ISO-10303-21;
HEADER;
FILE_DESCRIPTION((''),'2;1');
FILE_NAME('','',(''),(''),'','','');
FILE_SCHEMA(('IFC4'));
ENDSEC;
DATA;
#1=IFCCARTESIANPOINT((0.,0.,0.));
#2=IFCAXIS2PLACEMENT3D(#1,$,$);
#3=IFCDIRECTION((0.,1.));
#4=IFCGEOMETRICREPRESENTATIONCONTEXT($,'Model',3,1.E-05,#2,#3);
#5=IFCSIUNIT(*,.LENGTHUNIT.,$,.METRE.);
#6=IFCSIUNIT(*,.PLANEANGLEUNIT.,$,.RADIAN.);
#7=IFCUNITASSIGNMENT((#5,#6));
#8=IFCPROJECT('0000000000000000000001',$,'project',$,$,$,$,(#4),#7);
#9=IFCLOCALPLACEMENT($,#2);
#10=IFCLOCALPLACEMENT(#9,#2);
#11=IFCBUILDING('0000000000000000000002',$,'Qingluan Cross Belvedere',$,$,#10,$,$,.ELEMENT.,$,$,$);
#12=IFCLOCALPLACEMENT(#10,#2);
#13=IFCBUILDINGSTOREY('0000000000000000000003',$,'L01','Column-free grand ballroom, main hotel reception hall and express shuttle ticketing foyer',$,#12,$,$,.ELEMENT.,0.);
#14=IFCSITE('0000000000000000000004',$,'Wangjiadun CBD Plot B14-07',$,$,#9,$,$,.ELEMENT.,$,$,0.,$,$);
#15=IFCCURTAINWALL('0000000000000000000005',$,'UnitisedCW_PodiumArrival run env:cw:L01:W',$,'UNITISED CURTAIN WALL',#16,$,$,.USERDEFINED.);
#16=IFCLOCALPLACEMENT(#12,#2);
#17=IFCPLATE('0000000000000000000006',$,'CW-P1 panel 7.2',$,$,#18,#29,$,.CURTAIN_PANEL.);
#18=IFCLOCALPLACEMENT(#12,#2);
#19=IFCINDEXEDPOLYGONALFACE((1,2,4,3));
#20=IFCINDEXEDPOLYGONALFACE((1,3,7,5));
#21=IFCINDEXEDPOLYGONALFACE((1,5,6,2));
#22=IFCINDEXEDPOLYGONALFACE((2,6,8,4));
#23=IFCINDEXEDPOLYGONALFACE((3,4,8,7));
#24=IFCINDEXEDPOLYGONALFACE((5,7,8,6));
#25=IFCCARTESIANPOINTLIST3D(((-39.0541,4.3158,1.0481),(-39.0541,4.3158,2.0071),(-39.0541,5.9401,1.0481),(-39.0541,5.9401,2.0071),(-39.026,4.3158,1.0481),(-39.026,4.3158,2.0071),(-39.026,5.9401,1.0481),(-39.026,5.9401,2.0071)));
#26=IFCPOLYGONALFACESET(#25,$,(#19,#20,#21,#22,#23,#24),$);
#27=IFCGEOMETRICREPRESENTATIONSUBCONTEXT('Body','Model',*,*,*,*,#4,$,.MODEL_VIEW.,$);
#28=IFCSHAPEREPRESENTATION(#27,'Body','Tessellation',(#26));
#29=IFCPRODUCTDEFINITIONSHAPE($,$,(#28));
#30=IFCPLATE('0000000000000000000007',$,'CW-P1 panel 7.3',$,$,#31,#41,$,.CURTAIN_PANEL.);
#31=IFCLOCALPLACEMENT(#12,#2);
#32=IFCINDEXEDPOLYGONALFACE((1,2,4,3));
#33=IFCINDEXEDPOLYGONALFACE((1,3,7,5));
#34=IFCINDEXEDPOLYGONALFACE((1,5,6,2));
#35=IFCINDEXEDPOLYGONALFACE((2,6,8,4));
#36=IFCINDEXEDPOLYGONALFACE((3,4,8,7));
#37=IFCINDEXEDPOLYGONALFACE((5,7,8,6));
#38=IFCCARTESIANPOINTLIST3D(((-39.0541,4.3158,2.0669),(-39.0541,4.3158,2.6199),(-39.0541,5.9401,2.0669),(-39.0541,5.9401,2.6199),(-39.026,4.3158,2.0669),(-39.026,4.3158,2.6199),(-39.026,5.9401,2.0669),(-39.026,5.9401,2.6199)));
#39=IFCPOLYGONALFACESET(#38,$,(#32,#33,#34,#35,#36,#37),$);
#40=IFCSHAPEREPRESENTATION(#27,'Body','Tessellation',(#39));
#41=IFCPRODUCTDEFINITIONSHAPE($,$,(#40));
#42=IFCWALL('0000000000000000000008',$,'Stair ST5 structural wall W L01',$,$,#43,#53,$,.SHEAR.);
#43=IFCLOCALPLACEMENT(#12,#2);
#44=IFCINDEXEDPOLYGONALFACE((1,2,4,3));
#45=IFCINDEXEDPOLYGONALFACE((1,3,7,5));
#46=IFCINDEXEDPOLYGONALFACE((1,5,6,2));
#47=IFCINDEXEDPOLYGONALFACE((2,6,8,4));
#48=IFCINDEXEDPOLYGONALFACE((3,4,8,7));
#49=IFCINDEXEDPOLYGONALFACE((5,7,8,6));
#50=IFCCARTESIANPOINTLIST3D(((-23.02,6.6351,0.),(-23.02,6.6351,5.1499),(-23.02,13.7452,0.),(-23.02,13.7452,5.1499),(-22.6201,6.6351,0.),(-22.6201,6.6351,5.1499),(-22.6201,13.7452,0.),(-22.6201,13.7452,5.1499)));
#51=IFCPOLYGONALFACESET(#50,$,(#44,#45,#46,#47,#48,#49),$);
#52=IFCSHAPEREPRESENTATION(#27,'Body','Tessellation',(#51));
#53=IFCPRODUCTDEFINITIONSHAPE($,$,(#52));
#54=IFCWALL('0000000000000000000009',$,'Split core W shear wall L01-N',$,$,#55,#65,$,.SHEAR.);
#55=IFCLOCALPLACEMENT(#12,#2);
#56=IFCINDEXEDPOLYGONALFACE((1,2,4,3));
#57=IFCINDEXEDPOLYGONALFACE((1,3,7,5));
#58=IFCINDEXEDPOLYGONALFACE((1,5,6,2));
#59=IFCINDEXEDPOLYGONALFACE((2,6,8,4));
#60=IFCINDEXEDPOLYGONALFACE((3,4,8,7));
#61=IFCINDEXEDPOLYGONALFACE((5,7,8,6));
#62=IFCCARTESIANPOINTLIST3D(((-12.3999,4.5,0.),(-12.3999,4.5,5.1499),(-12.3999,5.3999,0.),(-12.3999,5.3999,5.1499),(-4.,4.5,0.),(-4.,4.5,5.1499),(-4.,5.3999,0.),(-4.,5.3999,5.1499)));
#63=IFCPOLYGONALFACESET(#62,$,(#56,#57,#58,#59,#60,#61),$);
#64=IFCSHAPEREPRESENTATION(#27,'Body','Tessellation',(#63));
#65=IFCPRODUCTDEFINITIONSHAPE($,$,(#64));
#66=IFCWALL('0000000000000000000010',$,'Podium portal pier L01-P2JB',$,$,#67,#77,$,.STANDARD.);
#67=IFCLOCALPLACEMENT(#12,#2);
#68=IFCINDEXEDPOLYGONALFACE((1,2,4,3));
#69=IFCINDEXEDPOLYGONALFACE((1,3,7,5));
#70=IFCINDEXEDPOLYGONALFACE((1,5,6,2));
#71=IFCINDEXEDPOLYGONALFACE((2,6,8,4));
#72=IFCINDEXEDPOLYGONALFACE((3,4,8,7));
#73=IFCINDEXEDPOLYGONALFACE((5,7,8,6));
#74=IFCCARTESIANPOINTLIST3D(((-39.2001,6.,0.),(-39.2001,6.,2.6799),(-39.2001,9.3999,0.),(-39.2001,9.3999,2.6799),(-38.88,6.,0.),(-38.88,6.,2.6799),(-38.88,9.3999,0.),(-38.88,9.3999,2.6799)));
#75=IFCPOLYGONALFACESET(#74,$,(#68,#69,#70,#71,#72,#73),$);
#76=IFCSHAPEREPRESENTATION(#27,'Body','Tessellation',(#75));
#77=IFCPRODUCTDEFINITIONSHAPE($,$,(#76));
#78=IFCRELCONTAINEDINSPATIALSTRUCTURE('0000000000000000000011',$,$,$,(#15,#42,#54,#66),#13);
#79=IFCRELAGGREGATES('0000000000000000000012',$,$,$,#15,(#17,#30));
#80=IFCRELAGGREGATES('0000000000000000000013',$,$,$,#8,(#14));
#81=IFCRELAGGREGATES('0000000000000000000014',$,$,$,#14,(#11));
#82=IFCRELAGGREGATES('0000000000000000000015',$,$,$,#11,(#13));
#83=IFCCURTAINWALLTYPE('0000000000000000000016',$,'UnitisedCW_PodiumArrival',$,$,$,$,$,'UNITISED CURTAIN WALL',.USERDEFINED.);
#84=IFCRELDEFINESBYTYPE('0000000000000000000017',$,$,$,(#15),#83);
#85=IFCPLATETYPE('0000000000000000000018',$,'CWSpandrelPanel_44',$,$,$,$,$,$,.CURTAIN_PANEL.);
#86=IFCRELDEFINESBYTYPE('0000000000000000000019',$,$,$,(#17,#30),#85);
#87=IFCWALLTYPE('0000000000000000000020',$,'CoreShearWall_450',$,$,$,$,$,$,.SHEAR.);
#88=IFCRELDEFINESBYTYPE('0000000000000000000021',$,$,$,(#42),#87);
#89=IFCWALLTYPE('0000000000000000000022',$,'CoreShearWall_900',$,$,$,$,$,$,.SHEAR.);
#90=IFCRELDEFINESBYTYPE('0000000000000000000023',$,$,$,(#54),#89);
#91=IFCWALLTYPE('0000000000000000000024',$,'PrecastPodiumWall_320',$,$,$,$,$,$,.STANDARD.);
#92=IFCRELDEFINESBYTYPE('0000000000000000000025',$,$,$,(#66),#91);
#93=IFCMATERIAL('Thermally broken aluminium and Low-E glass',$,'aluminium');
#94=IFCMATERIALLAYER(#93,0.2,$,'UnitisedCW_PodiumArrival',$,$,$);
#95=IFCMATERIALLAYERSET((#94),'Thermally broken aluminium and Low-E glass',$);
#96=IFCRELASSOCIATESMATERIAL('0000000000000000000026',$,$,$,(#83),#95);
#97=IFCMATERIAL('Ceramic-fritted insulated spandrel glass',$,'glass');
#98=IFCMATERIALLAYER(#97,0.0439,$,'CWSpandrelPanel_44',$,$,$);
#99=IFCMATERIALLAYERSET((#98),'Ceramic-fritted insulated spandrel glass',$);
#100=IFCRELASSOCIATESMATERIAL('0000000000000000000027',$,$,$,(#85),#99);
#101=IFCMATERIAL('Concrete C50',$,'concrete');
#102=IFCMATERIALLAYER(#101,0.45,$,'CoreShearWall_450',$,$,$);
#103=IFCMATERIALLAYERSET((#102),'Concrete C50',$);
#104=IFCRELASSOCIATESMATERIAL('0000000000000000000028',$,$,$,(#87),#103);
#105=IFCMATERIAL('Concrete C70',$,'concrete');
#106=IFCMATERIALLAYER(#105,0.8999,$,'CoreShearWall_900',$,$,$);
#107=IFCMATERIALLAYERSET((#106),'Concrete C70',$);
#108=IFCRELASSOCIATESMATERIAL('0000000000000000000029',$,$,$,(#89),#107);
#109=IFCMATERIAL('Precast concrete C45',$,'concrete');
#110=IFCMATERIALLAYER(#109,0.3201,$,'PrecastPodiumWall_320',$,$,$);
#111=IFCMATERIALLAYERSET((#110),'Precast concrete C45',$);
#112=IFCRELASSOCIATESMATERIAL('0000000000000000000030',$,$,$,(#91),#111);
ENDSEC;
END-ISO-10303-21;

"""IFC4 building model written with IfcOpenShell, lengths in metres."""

from ifc_helpers import new_model, si_unit, direction, frame, frame_2d, origin, origin_2d, place, context, subcontext, project, spatial, rectangle, extrude, material, layer, layer_set, type_object, element, aggregate, save


model = new_model("IFC4")

# Units and contexts
model_context = context("Model", 3, precision=1e-05, world=origin(), true_north=direction((0.0, 1.0)))
body_context = subcontext(model_context, "Body", "Model", "MODEL_VIEW")
ifc_project = project(units=[si_unit("LENGTHUNIT", "METRE"), si_unit("PLANEANGLEUNIT", "RADIAN")], contexts=[model_context])

# Site, building, storey
site_placement = place(None, origin())
site = spatial("IfcSite", under=ifc_project, at=site_placement, Name="Wangjiadun CBD Plot B14-07", CompositionType="ELEMENT", RefElevation=0.0)
building_placement = place(site_placement, origin())
building = spatial("IfcBuilding", under=site, at=building_placement, Name="Qingluan Cross Belvedere", CompositionType="ELEMENT")
storey_placement = place(building_placement, origin())
storey = spatial("IfcBuildingStorey", under=building, at=storey_placement, Name="L01", Description="Column-free grand ballroom, main hotel reception hall and express shuttle ticketing foyer", CompositionType="ELEMENT", Elevation=0.0)

# Curtain wall
ifc_material_1 = material(Name="Thermally broken aluminium and Low-E glass", Category="aluminium")
ifc_layer_1 = layer(ifc_material_1, 0.2, Name="UnitisedCW_PodiumArrival")
ifc_layer_set_1 = layer_set([ifc_layer_1], Name="Thermally broken aluminium and Low-E glass")
curtain_wall_type = type_object("IfcCurtainWallType", Name="UnitisedCW_PodiumArrival", ElementType="UNITISED CURTAIN WALL", PredefinedType="USERDEFINED", material=ifc_layer_set_1)
curtain_wall_placement = place(storey_placement, origin())
curtain_wall = element("IfcCurtainWall", 1, at=curtain_wall_placement, inside=storey, type_object=curtain_wall_type, Name="UnitisedCW_PodiumArrival run env:cw:L01:W", ObjectType="UNITISED CURTAIN WALL", PredefinedType="USERDEFINED")

# Plates
ifc_material_2 = material(Name="Ceramic-fritted insulated spandrel glass", Category="glass")
ifc_layer_2 = layer(ifc_material_2, 0.0439, Name="CWSpandrelPanel_44")
ifc_layer_set_2 = layer_set([ifc_layer_2], Name="Ceramic-fritted insulated spandrel glass")
plate_type = type_object("IfcPlateType", Name="CWSpandrelPanel_44", PredefinedType="CURTAIN_PANEL", material=ifc_layer_set_2)
plate_1_placement = place(storey_placement, frame((-39.04, 5.1279, 1.0481), z_axis=(0.0, 0.0, 1.0), x_axis=(0.0, 1.0, 0.0)))
plate_1 = element("IfcPlate", 2, at=plate_1_placement, type_object=plate_type, Name="CW-P1 panel 7.2", PredefinedType="CURTAIN_PANEL", context=body_context, shape_type="SweptSolid", body=[
    extrude(rectangle(XDim=1.6243, YDim=0.0281, at=origin_2d()), origin(), (0.0, 0.0, 1.0), 0.959),
])
plate_2_placement = place(storey_placement, frame((-39.04, 5.1279, 2.0669), z_axis=(0.0, 0.0, 1.0), x_axis=(0.0, 1.0, 0.0)))
plate_2 = element("IfcPlate", 3, at=plate_2_placement, type_object=plate_type, Name="CW-P1 panel 7.3", PredefinedType="CURTAIN_PANEL", context=body_context, shape_type="SweptSolid", body=[
    extrude(rectangle(XDim=1.6243, YDim=0.0281, at=origin_2d()), origin(), (0.0, 0.0, 1.0), 0.553),
])
aggregate(curtain_wall, [plate_1, plate_2])

# Shared definitions
ifc_material_3 = material(Name="Concrete C50", Category="concrete")
ifc_layer_3 = layer(ifc_material_3, 0.45, Name="CoreShearWall_450")
ifc_layer_set_3 = layer_set([ifc_layer_3], Name="Concrete C50")
wall_type_1 = type_object("IfcWallType", Name="CoreShearWall_450", PredefinedType="SHEAR", material=ifc_layer_set_3)

# Walls
wall_1_placement = place(storey_placement, frame((-22.8201, 6.635, 0.0), z_axis=(0.0, 0.0, 1.0), x_axis=(0.0, 1.0, 0.0)))
element("IfcWall", 4, at=wall_1_placement, inside=storey, type_object=wall_type_1, Name="Stair ST5 structural wall W L01", PredefinedType="SHEAR", context=body_context, shape_type="SweptSolid", body=[
    extrude(rectangle(XDim=7.1101, YDim=0.3999, at=frame_2d((3.5552, 0.0))), origin(), (0.0, 0.0, 1.0), 5.1499),
])
ifc_material_4 = material(Name="Concrete C70", Category="concrete")
ifc_layer_4 = layer(ifc_material_4, 0.8999, Name="CoreShearWall_900")
ifc_layer_set_4 = layer_set([ifc_layer_4], Name="Concrete C70")
wall_type_2 = type_object("IfcWallType", Name="CoreShearWall_900", PredefinedType="SHEAR", material=ifc_layer_set_4)
wall_2_placement = place(storey_placement, frame((-12.3999, 4.95, 0.0), z_axis=(0.0, 0.0, 1.0), x_axis=(1.0, 0.0, 0.0)))
element("IfcWall", 5, at=wall_2_placement, inside=storey, type_object=wall_type_2, Name="Split core W shear wall L01-N", PredefinedType="SHEAR", context=body_context, shape_type="SweptSolid", body=[
    extrude(rectangle(XDim=8.3999, YDim=0.8999, at=frame_2d((4.2, 0.0))), origin(), (0.0, 0.0, 1.0), 5.1499),
])
ifc_material_5 = material(Name="Precast concrete C45", Category="concrete")
ifc_layer_5 = layer(ifc_material_5, 0.3201, Name="PrecastPodiumWall_320")
ifc_layer_set_5 = layer_set([ifc_layer_5], Name="Precast concrete C45")
wall_type_3 = type_object("IfcWallType", Name="PrecastPodiumWall_320", PredefinedType="STANDARD", material=ifc_layer_set_5)
wall_3_placement = place(storey_placement, frame((-39.04, 6.0, 0.0), z_axis=(0.0, 0.0, 1.0), x_axis=(0.0, 1.0, 0.0)))
element("IfcWall", 6, at=wall_3_placement, inside=storey, type_object=wall_type_3, Name="Podium portal pier L01-P2JB", PredefinedType="STANDARD", context=body_context, shape_type="SweptSolid", body=[
    extrude(rectangle(XDim=3.3999, YDim=0.3201, at=frame_2d((1.7, 0.0))), origin(), (0.0, 0.0, 1.0), 2.6799),
])

save(model, "model.ifc")
